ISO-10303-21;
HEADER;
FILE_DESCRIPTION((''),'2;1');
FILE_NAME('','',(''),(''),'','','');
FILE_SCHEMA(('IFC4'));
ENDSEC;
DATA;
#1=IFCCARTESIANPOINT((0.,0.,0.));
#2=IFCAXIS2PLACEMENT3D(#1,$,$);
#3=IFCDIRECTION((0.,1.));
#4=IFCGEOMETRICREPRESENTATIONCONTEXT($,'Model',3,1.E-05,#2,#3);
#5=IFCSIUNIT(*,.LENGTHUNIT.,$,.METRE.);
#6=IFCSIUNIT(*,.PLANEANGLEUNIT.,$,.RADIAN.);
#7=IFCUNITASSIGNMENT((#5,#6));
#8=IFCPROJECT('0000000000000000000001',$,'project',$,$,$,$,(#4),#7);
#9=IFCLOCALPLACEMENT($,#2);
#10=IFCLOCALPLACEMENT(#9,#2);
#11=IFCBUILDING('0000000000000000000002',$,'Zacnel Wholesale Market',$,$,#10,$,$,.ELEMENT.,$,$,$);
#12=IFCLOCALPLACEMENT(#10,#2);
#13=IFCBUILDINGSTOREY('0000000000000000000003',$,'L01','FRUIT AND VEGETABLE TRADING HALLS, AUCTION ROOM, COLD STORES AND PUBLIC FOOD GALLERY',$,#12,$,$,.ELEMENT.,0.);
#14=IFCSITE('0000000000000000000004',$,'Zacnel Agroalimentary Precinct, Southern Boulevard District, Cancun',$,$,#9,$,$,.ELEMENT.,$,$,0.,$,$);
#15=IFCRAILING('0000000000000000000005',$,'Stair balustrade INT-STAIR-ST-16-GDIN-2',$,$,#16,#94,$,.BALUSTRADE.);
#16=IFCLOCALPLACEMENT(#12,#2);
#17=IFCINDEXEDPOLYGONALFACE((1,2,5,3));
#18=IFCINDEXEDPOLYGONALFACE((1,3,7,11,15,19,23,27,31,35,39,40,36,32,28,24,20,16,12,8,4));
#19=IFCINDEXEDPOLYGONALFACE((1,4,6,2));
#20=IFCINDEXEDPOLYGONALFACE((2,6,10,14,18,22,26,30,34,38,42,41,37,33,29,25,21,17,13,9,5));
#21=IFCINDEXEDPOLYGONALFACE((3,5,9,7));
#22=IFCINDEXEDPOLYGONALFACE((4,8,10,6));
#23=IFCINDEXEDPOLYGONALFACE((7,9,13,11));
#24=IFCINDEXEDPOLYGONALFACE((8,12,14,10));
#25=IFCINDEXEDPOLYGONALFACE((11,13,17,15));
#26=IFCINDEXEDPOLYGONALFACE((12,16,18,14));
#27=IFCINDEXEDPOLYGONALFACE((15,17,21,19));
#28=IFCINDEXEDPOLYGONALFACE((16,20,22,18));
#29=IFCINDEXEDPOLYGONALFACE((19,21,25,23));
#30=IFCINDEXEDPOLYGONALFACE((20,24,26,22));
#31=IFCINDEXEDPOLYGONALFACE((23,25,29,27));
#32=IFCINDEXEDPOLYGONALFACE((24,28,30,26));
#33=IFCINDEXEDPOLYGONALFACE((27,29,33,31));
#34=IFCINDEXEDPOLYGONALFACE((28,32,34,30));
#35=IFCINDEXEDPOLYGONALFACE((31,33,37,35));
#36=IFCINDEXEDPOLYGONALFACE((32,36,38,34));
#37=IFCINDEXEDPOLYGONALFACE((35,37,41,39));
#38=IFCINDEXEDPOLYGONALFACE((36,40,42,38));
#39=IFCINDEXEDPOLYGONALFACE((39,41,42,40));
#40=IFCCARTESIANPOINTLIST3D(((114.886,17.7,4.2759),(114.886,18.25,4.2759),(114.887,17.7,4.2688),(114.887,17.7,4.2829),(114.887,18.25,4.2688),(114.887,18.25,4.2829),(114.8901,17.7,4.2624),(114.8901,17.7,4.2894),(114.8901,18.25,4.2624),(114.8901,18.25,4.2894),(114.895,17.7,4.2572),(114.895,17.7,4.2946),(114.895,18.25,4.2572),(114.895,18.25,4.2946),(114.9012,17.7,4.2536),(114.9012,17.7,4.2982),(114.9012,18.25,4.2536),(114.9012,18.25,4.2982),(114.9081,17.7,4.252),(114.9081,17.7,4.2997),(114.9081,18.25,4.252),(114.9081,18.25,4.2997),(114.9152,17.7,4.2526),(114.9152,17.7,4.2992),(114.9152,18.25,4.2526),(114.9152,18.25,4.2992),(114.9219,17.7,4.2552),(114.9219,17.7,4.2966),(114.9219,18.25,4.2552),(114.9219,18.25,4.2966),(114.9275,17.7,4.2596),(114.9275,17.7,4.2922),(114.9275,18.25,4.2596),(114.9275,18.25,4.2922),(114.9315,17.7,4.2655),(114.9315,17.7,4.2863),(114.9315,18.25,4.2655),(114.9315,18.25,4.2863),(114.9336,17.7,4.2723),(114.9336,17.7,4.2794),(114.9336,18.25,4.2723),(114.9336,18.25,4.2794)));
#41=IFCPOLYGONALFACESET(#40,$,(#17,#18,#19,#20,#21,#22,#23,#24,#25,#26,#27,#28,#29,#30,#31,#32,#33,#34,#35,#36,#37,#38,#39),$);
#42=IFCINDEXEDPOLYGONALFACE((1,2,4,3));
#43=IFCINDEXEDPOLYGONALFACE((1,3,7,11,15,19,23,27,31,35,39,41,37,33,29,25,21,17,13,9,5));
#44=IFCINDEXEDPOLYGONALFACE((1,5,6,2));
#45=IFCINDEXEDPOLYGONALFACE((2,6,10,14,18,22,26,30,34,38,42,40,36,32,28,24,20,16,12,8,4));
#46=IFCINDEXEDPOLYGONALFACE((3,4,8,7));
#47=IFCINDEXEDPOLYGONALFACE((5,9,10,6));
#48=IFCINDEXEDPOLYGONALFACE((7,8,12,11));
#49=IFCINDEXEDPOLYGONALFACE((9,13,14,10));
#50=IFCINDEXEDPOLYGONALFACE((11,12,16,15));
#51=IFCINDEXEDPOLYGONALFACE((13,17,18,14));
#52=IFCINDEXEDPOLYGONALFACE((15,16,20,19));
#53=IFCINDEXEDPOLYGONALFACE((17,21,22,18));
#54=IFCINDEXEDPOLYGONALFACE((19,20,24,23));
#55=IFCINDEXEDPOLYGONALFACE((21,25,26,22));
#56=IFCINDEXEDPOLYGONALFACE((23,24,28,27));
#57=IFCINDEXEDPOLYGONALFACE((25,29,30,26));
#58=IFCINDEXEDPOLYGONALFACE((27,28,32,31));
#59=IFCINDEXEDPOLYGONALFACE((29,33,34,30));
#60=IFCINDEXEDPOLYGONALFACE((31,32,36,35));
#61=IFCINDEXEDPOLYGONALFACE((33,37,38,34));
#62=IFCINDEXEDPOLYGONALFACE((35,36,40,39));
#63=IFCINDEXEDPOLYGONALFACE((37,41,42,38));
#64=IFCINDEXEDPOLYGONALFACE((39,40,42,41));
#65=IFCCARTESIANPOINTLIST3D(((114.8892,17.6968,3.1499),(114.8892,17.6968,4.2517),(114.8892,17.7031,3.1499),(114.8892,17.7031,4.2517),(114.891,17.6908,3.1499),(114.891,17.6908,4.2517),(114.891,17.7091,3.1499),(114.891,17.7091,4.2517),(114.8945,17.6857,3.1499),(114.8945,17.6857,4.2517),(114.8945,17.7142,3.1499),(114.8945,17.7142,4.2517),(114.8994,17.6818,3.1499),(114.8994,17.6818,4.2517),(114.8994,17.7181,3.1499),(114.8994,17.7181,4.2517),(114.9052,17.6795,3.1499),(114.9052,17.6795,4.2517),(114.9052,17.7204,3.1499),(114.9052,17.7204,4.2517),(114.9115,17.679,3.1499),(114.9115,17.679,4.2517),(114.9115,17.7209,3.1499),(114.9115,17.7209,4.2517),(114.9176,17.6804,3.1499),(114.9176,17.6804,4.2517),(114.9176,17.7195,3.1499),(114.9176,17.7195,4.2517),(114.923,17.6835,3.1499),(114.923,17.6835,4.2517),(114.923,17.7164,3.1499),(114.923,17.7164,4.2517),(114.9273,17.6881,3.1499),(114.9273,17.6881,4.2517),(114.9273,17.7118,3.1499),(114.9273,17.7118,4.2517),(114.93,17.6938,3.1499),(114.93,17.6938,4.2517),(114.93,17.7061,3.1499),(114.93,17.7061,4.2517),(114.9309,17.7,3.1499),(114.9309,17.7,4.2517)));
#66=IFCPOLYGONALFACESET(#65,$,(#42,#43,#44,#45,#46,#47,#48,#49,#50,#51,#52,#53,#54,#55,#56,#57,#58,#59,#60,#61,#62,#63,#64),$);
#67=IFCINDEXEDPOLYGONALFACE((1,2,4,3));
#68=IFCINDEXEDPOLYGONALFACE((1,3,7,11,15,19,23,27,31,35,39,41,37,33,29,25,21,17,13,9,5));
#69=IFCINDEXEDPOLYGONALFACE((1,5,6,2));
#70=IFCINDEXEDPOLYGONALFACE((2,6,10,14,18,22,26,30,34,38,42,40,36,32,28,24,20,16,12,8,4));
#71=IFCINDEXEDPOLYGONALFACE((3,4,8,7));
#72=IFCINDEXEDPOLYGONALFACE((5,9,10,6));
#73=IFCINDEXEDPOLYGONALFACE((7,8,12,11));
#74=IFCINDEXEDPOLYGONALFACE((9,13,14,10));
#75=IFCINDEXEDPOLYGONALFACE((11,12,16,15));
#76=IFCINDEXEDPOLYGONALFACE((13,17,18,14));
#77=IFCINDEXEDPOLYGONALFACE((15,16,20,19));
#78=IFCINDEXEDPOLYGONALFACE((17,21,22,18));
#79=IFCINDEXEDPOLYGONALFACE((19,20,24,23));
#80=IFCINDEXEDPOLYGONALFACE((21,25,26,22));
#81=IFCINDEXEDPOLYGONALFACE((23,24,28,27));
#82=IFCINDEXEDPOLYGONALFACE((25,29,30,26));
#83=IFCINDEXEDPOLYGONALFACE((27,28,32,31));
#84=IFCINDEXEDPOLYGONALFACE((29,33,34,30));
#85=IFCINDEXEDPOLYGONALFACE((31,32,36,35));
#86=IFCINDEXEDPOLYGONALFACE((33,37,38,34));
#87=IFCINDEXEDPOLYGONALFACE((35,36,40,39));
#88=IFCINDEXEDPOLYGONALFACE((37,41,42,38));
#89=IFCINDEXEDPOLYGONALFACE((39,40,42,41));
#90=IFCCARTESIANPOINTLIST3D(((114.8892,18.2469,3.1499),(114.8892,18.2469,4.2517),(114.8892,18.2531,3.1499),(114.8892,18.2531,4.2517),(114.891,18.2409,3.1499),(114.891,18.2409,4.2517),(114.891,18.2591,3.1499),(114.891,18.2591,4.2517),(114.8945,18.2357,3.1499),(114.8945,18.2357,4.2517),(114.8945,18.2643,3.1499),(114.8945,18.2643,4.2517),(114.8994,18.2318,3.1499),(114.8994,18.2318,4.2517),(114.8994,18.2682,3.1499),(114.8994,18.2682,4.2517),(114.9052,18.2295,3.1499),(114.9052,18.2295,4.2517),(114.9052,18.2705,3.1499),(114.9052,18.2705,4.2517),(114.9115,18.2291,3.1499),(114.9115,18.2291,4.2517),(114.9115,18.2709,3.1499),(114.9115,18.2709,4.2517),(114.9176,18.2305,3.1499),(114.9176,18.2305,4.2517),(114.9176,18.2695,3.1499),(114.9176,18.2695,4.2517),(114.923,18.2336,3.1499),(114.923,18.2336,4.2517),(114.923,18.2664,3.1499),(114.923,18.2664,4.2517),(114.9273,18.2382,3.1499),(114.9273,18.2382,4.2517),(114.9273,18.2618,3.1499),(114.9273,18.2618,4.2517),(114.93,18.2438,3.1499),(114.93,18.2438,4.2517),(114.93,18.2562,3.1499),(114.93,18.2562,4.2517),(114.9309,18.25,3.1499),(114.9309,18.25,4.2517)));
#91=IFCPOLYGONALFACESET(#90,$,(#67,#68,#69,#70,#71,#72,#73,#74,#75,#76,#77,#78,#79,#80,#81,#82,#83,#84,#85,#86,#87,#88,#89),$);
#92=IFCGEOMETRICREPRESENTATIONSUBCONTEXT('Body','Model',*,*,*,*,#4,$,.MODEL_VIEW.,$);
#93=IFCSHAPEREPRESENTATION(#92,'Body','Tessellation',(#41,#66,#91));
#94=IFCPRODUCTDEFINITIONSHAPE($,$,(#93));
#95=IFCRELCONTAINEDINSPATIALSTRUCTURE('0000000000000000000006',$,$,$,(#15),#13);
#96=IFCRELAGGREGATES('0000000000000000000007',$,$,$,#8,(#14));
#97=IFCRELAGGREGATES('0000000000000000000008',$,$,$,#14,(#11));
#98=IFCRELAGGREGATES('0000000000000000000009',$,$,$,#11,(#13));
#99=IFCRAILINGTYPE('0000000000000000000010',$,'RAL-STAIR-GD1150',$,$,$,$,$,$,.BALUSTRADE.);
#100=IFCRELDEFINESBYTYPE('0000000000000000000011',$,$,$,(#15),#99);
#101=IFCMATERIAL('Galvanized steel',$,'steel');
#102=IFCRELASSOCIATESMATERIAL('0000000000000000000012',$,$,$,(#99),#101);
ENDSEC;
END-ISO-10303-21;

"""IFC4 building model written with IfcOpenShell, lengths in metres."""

from ifc_helpers import new_model, si_unit, direction, frame, origin, origin_2d, place, context, subcontext, project, spatial, circle, extrude, material, type_object, element, save


model = new_model("IFC4")

# Units and contexts
model_context = context("Model", 3, precision=1e-05, world=origin(), true_north=direction((0.0, 1.0)))
body_context = subcontext(model_context, "Body", "Model", "MODEL_VIEW")
ifc_project = project(units=[si_unit("LENGTHUNIT", "METRE"), si_unit("PLANEANGLEUNIT", "RADIAN")], contexts=[model_context])

# Site, building, storey
site_placement = place(None, origin())
site = spatial("IfcSite", under=ifc_project, at=site_placement, Name="Zacnel Agroalimentary Precinct, Southern Boulevard District, Cancun", CompositionType="ELEMENT", RefElevation=0.0)
building_placement = place(site_placement, origin())
building = spatial("IfcBuilding", under=site, at=building_placement, Name="Zacnel Wholesale Market", CompositionType="ELEMENT")
storey_placement = place(building_placement, origin())
storey = spatial("IfcBuildingStorey", under=building, at=storey_placement, Name="L01", Description="FRUIT AND VEGETABLE TRADING HALLS, AUCTION ROOM, COLD STORES AND PUBLIC FOOD GALLERY", CompositionType="ELEMENT", Elevation=0.0)

# Railing
ifc_material_1 = material(Name="Galvanized steel", Category="steel")
railing_type_1 = type_object("IfcRailingType", Name="RAL-STAIR-GD1150", PredefinedType="BALUSTRADE", material=ifc_material_1)
railing_1_placement = place(storey_placement, frame((114.9099, 17.7, 3.1499)))
element("IfcRailing", 1, at=railing_1_placement, inside=storey, type_object=railing_type_1, Name="Stair balustrade INT-STAIR-ST-16-GDIN-2", PredefinedType="BALUSTRADE", context=body_context, shape_type="SweptSolid", body=[
    extrude(circle(Radius=0.0239, at=origin_2d()), frame((0.0, 0.0, 1.126), z_axis=(0.0, 1.0, 0.0), x_axis=(-1.0, 0.0, 0.0)), (0.0, 0.0, 1.0), 0.55),
    extrude(circle(Radius=0.021, at=origin_2d()), origin(), (0.0, 0.0, 1.0), 1.1018),
    extrude(circle(Radius=0.021, at=origin_2d()), frame((0.0, 0.55, 0.0)), (0.0, 0.0, 1.0), 1.1018),
])

save(model, "model.ifc")
